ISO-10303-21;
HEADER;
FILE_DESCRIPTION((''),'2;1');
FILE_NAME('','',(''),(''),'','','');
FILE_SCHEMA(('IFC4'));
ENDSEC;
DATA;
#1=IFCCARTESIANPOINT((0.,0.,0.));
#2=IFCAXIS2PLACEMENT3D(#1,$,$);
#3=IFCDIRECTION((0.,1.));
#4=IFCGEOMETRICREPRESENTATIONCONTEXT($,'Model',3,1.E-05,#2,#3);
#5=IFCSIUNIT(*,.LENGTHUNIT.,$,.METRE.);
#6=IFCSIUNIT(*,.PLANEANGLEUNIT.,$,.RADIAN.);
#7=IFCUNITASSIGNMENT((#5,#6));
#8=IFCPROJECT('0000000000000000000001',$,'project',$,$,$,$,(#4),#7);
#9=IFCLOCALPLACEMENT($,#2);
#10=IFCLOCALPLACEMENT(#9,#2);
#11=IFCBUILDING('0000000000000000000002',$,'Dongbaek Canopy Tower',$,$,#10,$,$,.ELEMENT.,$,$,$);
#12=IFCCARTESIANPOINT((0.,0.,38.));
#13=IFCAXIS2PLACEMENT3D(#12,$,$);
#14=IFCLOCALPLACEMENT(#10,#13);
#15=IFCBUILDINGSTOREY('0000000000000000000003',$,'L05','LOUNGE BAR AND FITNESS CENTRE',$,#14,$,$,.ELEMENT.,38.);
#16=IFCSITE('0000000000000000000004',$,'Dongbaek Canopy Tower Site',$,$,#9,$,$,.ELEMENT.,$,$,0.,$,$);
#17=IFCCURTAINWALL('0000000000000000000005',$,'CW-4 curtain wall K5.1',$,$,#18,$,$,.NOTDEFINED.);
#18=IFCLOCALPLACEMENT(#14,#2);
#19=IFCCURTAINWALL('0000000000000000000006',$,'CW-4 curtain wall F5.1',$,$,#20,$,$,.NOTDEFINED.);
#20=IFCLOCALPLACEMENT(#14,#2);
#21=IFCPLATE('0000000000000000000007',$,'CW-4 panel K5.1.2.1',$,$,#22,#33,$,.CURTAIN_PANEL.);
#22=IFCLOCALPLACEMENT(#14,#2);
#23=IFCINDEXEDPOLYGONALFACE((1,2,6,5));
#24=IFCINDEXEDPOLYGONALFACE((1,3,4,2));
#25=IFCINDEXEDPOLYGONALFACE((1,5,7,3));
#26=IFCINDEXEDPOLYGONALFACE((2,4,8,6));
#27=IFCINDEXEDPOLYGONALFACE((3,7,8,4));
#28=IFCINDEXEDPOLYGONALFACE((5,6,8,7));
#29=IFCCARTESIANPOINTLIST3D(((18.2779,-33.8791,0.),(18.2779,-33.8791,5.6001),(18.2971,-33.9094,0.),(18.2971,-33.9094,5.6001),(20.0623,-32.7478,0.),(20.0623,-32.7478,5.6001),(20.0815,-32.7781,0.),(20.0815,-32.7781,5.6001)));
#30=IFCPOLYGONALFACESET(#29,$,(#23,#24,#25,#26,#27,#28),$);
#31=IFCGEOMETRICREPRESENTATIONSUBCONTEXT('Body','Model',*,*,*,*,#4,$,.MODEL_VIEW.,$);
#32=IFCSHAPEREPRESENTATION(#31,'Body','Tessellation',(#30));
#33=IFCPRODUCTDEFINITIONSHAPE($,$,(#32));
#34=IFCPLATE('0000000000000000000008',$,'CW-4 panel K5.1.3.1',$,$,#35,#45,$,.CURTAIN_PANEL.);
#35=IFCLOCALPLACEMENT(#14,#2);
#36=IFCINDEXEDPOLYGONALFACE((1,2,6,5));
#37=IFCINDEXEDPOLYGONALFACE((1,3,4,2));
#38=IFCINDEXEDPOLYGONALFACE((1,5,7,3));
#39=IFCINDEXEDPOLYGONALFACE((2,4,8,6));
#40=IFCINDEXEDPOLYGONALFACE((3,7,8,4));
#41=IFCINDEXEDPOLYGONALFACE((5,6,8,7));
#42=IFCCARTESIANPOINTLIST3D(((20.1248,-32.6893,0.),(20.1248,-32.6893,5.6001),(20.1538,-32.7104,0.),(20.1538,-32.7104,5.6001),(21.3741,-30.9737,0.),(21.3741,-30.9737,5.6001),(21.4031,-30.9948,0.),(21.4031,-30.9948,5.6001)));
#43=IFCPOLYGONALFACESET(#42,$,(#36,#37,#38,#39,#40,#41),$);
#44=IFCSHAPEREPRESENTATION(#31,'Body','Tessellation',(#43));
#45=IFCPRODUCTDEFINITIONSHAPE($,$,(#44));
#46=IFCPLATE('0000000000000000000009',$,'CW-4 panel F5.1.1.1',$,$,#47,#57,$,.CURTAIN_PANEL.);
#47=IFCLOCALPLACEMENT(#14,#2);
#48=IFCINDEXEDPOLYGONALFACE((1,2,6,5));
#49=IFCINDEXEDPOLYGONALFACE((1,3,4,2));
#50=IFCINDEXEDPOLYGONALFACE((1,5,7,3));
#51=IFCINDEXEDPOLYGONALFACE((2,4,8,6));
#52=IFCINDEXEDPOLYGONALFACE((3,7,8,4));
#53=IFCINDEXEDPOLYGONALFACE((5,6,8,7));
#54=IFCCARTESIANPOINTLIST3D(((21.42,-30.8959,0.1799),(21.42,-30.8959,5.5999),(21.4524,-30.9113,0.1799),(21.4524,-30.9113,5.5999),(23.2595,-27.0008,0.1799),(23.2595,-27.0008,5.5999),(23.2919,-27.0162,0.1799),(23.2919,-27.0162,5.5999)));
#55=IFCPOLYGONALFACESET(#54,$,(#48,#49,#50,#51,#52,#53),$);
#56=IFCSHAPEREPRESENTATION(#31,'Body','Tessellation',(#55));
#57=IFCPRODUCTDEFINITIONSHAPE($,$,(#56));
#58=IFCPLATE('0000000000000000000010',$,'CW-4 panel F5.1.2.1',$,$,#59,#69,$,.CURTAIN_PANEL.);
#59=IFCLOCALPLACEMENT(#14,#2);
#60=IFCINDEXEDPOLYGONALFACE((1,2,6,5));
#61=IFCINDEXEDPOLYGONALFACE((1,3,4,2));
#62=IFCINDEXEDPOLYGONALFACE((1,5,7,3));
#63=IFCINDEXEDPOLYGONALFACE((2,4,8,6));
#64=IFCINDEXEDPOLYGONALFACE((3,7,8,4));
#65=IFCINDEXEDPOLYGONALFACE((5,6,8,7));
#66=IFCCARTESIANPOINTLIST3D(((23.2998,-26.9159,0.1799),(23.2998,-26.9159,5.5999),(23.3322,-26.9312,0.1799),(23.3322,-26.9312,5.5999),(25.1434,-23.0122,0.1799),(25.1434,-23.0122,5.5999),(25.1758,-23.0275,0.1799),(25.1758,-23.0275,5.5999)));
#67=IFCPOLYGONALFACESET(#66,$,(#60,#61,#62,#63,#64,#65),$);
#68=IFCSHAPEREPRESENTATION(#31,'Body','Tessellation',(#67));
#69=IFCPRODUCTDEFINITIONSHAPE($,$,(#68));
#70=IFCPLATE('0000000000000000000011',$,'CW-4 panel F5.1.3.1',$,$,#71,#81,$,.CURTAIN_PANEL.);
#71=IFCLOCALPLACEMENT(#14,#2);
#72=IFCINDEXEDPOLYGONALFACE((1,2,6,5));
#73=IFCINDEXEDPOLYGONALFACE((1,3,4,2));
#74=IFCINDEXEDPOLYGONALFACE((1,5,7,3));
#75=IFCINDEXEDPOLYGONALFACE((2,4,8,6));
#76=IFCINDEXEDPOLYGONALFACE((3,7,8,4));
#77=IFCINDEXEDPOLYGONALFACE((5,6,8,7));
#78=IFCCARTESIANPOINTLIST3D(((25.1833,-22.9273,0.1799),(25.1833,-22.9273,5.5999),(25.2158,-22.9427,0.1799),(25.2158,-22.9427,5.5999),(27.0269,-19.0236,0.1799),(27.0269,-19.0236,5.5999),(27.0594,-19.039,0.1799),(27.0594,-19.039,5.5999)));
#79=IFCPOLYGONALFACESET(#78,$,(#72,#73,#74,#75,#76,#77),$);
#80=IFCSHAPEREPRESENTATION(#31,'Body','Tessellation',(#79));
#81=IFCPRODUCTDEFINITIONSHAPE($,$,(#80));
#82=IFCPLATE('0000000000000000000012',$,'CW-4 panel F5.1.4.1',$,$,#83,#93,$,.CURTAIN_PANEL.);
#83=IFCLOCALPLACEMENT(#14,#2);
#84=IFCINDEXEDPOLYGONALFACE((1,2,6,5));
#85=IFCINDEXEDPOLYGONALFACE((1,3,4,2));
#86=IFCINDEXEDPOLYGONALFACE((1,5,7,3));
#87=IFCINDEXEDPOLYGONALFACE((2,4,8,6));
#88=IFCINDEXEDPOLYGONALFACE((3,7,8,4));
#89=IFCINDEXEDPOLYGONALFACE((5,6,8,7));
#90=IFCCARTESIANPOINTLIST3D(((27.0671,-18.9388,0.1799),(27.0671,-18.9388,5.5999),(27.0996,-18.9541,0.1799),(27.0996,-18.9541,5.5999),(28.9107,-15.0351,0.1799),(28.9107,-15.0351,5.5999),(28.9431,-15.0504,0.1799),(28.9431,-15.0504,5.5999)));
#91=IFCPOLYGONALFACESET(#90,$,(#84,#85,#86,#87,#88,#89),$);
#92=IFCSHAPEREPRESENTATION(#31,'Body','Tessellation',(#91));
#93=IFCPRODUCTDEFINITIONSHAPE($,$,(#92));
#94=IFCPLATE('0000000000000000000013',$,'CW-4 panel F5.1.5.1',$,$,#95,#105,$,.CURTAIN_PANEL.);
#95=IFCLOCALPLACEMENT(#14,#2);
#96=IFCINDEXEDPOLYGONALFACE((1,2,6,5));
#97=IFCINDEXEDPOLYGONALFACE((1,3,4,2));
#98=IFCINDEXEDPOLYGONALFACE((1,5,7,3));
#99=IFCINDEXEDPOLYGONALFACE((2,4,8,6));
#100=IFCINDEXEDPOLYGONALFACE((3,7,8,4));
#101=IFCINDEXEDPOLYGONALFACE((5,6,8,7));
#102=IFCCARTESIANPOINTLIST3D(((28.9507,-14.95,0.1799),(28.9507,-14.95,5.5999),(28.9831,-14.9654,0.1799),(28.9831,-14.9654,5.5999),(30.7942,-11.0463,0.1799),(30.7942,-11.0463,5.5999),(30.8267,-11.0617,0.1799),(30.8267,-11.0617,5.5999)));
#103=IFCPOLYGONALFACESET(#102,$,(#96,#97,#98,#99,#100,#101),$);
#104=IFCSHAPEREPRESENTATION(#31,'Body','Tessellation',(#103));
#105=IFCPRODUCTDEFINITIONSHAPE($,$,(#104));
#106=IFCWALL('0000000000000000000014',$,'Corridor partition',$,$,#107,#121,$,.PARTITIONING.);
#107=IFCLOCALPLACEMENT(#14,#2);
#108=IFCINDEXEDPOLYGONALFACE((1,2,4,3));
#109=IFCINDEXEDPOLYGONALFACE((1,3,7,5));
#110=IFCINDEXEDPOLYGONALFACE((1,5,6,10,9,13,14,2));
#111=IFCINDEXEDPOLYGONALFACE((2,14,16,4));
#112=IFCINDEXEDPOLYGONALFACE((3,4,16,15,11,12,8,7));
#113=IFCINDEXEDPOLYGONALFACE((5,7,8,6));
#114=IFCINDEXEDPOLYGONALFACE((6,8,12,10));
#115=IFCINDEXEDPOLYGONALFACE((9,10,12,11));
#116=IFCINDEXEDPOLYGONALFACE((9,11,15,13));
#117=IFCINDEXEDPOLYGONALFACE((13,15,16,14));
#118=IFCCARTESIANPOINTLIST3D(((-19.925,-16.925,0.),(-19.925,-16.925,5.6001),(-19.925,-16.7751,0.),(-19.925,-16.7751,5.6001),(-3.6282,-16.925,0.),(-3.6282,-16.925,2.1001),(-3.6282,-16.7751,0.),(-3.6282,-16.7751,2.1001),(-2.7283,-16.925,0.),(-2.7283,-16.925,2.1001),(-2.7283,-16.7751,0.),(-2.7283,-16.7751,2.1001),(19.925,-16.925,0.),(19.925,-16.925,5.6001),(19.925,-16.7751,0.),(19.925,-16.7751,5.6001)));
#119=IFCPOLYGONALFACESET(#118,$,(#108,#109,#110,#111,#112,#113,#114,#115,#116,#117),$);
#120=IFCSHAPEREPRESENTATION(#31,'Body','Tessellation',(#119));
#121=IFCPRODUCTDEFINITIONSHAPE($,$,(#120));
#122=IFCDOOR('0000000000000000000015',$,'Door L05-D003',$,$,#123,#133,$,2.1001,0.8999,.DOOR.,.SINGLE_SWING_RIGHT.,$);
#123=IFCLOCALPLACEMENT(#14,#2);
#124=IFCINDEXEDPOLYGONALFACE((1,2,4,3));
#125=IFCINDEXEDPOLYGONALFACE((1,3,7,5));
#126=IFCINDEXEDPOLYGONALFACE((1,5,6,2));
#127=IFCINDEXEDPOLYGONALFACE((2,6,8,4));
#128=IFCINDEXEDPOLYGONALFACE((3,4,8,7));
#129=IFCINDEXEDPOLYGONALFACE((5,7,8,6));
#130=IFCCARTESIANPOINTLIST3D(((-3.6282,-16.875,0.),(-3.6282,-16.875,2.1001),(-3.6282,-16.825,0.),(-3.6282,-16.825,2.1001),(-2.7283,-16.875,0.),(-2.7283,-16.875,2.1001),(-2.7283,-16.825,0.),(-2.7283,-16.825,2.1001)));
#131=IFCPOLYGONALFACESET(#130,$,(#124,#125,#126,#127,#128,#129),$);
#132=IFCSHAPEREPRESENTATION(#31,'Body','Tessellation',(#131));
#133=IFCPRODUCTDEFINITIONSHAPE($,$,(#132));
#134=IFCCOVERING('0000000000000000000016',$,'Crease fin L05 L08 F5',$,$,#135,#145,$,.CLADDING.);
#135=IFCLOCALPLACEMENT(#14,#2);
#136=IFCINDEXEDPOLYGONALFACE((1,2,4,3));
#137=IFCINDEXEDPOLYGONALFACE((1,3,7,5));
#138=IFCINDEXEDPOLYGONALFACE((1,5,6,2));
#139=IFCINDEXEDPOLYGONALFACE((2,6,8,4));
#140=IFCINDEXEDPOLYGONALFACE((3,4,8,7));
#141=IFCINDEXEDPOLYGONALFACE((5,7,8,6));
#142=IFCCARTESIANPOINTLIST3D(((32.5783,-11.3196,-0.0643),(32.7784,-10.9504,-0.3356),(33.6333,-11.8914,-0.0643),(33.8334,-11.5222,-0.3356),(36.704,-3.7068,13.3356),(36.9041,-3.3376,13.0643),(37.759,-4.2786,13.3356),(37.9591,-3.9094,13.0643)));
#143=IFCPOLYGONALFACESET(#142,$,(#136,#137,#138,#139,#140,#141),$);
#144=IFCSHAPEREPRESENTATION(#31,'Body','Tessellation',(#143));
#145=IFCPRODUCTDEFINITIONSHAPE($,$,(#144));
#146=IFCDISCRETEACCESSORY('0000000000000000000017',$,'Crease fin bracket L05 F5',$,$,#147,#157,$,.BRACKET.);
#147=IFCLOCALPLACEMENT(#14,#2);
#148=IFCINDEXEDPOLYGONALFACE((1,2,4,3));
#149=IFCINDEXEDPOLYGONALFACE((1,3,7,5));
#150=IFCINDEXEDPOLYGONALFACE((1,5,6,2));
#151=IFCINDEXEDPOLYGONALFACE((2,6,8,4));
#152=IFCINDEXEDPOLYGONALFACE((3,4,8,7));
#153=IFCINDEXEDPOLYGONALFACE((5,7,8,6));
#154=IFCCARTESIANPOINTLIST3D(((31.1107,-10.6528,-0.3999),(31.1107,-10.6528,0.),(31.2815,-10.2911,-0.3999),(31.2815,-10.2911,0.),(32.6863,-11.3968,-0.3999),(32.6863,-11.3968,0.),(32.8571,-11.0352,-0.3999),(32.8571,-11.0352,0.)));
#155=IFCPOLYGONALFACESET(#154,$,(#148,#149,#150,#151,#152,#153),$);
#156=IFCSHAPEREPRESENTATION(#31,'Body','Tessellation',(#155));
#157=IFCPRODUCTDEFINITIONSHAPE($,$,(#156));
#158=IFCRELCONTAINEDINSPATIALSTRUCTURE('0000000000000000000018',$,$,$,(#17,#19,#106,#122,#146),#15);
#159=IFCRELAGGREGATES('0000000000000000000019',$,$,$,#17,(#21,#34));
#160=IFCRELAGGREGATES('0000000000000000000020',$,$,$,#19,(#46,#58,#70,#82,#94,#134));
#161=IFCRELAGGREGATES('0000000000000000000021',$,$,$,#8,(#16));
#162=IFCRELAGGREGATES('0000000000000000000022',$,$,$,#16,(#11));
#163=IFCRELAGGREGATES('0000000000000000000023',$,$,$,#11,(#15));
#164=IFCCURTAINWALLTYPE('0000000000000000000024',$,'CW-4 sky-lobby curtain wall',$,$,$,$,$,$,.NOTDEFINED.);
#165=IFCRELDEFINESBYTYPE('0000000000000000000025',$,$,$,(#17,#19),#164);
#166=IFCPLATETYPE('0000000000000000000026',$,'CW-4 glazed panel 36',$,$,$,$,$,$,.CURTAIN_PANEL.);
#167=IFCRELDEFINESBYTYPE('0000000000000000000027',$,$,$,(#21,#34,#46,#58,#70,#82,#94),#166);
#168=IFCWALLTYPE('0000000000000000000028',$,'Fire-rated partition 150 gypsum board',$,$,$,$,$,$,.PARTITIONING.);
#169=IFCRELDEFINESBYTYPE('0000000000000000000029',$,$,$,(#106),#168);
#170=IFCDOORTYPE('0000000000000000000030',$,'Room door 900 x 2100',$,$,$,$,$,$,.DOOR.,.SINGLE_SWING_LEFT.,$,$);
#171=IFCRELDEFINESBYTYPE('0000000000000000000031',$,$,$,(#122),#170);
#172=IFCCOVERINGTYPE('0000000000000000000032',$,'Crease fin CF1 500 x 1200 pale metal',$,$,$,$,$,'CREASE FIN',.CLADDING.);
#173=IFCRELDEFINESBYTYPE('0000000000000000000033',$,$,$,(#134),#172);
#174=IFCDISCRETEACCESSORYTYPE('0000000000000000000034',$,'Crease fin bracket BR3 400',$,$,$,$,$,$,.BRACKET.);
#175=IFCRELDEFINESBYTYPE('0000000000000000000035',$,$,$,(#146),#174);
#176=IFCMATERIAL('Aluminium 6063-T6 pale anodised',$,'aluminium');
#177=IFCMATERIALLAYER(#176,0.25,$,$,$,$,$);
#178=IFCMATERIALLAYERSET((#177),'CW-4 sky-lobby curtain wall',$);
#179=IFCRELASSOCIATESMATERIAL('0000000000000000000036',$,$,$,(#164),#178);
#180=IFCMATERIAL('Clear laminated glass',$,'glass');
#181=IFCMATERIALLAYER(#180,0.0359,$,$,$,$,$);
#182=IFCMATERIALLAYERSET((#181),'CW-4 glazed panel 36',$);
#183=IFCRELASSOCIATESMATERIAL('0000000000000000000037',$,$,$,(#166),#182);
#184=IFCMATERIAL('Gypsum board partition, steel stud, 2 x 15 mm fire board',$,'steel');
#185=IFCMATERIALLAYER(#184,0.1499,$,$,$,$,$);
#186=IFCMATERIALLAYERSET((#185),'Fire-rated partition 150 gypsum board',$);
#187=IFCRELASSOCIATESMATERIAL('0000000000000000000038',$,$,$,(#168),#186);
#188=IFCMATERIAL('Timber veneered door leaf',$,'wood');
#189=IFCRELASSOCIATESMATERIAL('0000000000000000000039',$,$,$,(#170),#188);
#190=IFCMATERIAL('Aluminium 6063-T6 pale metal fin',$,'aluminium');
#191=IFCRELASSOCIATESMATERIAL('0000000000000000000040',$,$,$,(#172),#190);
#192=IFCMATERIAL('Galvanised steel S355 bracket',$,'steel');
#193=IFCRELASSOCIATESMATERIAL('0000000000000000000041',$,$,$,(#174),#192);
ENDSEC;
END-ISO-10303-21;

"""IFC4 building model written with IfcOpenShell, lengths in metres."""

from ifc_helpers import new_model, si_unit, direction, frame, frame_2d, origin, origin_2d, place, context, subcontext, project, spatial, rectangle, extrude, material, layer, layer_set, material_profile, profile_set, type_object, element, fill, aggregate, save


model = new_model("IFC4")

# Units and contexts
model_context = context("Model", 3, precision=1e-05, world=origin(), true_north=direction((0.0, 1.0)))
body_context = subcontext(model_context, "Body", "Model", "MODEL_VIEW")
ifc_project = project(units=[si_unit("LENGTHUNIT", "METRE"), si_unit("PLANEANGLEUNIT", "RADIAN")], contexts=[model_context])

# Site, building, storey
site_placement = place(None, origin())
site = spatial("IfcSite", under=ifc_project, at=site_placement, Name="Dongbaek Canopy Tower Site", CompositionType="ELEMENT", RefElevation=0.0)
building_placement = place(site_placement, origin())
building = spatial("IfcBuilding", under=site, at=building_placement, Name="Dongbaek Canopy Tower", CompositionType="ELEMENT")
storey_placement = place(building_placement, frame((0.0, 0.0, 38.0)))
storey = spatial("IfcBuildingStorey", under=building, at=storey_placement, Name="L05", Description="LOUNGE BAR AND FITNESS CENTRE", CompositionType="ELEMENT", Elevation=38.0)

# Curtain walls
ifc_material_1 = material(Name="Aluminium 6063-T6 pale anodised", Category="aluminium")
ifc_layer_1 = layer(ifc_material_1, 0.25)
ifc_layer_set_1 = layer_set([ifc_layer_1], Name="CW-4 sky-lobby curtain wall")
curtain_wall_type = type_object("IfcCurtainWallType", Name="CW-4 sky-lobby curtain wall", PredefinedType="NOTDEFINED", material=ifc_layer_set_1)
curtain_wall_1_placement = place(storey_placement, origin())
curtain_wall_1 = element("IfcCurtainWall", 1, at=curtain_wall_1_placement, inside=storey, type_object=curtain_wall_type, Name="CW-4 curtain wall K5.1", PredefinedType="NOTDEFINED")
curtain_wall_2_placement = place(storey_placement, origin())
curtain_wall_2 = element("IfcCurtainWall", 2, at=curtain_wall_2_placement, inside=storey, type_object=curtain_wall_type, Name="CW-4 curtain wall F5.1", PredefinedType="NOTDEFINED")

# Plates
ifc_material_2 = material(Name="Clear laminated glass", Category="glass")
ifc_layer_2 = layer(ifc_material_2, 0.0359)
ifc_layer_set_2 = layer_set([ifc_layer_2], Name="CW-4 glazed panel 36")
plate_type = type_object("IfcPlateType", Name="CW-4 glazed panel 36", PredefinedType="CURTAIN_PANEL", material=ifc_layer_set_2)
plate_1_placement = place(storey_placement, frame((19.1797, -33.3286, 0.0), z_axis=(0.0, 0.0, 1.0), x_axis=(0.844561, 0.53546, 0.0)))
plate_1 = element("IfcPlate", 3, at=plate_1_placement, type_object=plate_type, Name="CW-4 panel K5.1.2.1", PredefinedType="CURTAIN_PANEL", context=body_context, shape_type="SweptSolid", body=[
    extrude(rectangle(XDim=2.1128, YDim=0.0359, at=origin_2d()), origin(), (0.0, 0.0, 1.0), 5.6001),
])
plate_2_placement = place(storey_placement, frame((20.7639, -31.842, 0.0), z_axis=(0.0, 0.0, 1.0), x_axis=(0.588653, 0.808386, 0.0)))
plate_2 = element("IfcPlate", 4, at=plate_2_placement, type_object=plate_type, Name="CW-4 panel K5.1.3.1", PredefinedType="CURTAIN_PANEL", context=body_context, shape_type="SweptSolid", body=[
    extrude(rectangle(XDim=2.1223, YDim=0.0359, at=origin_2d()), origin(), (0.0, 0.0, 1.0), 5.6001),
])
aggregate(curtain_wall_1, [plate_1, plate_2])
plate_3_placement = place(storey_placement, frame((22.356, -28.9561, 0.1799), z_axis=(0.0, 0.0, 1.0), x_axis=(0.427039, 0.904233, 0.0)))
plate_3 = element("IfcPlate", 5, at=plate_3_placement, type_object=plate_type, Name="CW-4 panel F5.1.1.1", PredefinedType="CURTAIN_PANEL", context=body_context, shape_type="SweptSolid", body=[
    extrude(rectangle(XDim=4.3076, YDim=0.0359, at=origin_2d()), origin(), (0.0, 0.0, 1.0), 5.4199),
])
plate_4_placement = place(storey_placement, frame((24.2378, -24.9717, 0.1799), z_axis=(0.0, 0.0, 1.0), x_axis=(0.427039, 0.904233, 0.0)))
plate_4 = element("IfcPlate", 6, at=plate_4_placement, type_object=plate_type, Name="CW-4 panel F5.1.2.1", PredefinedType="CURTAIN_PANEL", context=body_context, shape_type="SweptSolid", body=[
    extrude(rectangle(XDim=4.3171, YDim=0.0359, at=origin_2d()), origin(), (0.0, 0.0, 1.0), 5.4199),
])
plate_5_placement = place(storey_placement, frame((26.1213, -20.9832, 0.1799), z_axis=(0.0, 0.0, 1.0), x_axis=(0.427039, 0.904233, 0.0)))
plate_5 = element("IfcPlate", 7, at=plate_5_placement, type_object=plate_type, Name="CW-4 panel F5.1.3.1", PredefinedType="CURTAIN_PANEL", context=body_context, shape_type="SweptSolid", body=[
    extrude(rectangle(XDim=4.3171, YDim=0.0359, at=origin_2d()), origin(), (0.0, 0.0, 1.0), 5.4199),
])
plate_6_placement = place(storey_placement, frame((28.0051, -16.9946, 0.1799), z_axis=(0.0, 0.0, 1.0), x_axis=(0.427039, 0.904233, 0.0)))
plate_6 = element("IfcPlate", 8, at=plate_6_placement, type_object=plate_type, Name="CW-4 panel F5.1.4.1", PredefinedType="CURTAIN_PANEL", context=body_context, shape_type="SweptSolid", body=[
    extrude(rectangle(XDim=4.3171, YDim=0.0359, at=origin_2d()), origin(), (0.0, 0.0, 1.0), 5.4199),
])
plate_7_placement = place(storey_placement, frame((29.8887, -13.0059, 0.1799), z_axis=(0.0, 0.0, 1.0), x_axis=(0.427039, 0.904233, 0.0)))
plate_7 = element("IfcPlate", 9, at=plate_7_placement, type_object=plate_type, Name="CW-4 panel F5.1.5.1", PredefinedType="CURTAIN_PANEL", context=body_context, shape_type="SweptSolid", body=[
    extrude(rectangle(XDim=4.3171, YDim=0.0359, at=origin_2d()), origin(), (0.0, 0.0, 1.0), 5.4199),
])

# Wall, opening, door
ifc_material_3 = material(Name="Gypsum board partition, steel stud, 2 x 15 mm fire board", Category="steel")
ifc_layer_3 = layer(ifc_material_3, 0.1499)
ifc_layer_set_3 = layer_set([ifc_layer_3], Name="Fire-rated partition 150 gypsum board")
wall_type = type_object("IfcWallType", Name="Fire-rated partition 150 gypsum board", PredefinedType="PARTITIONING", material=ifc_layer_set_3)
wall_placement = place(storey_placement, frame((19.925, -16.8501, 0.0), z_axis=(0.0, 0.0, 1.0), x_axis=(-1.0, 0.0, 0.0)))
wall = element("IfcWall", 10, at=wall_placement, inside=storey, type_object=wall_type, Name="Corridor partition", PredefinedType="PARTITIONING", context=body_context, shape_type="SweptSolid", body=[
    extrude(rectangle(XDim=39.8501, YDim=0.1499, at=frame_2d((19.925, 0.0))), origin(), (0.0, 0.0, 1.0), 5.6001),
])
opening_placement = place(wall_placement, frame((22.6533, 0.0, 0.0)))
opening = element("IfcOpeningElement", 11, at=opening_placement, cuts=wall, PredefinedType="OPENING", context=body_context, shape_type="SweptSolid", body=[
    extrude(rectangle(XDim=0.8999, YDim=2.1001, at=frame_2d((0.45, 1.05))), frame((0.0, 0.085, 0.0), z_axis=(0.0, -1.0, 0.0), x_axis=(1.0, 0.0, 0.0)), (0.0, 0.0, 1.0), 0.1699),
])
ifc_material_4 = material(Name="Timber veneered door leaf", Category="wood")
door_type = type_object("IfcDoorType", Name="Room door 900 x 2100", OperationType="SINGLE_SWING_LEFT", PredefinedType="DOOR", material=ifc_material_4)
door_placement = place(opening_placement, origin())
door = element("IfcDoor", 12, at=door_placement, inside=storey, type_object=door_type, Name="Door L05-D003", OperationType="SINGLE_SWING_RIGHT", OverallHeight=2.1001, OverallWidth=0.8999, PredefinedType="DOOR", context=body_context, shape_type="SweptSolid", body=[
    extrude(rectangle(XDim=0.8999, YDim=2.1001, at=frame_2d((0.45, 1.05))), frame((0.0, 0.0249, 0.0), z_axis=(0.0, -1.0, 0.0), x_axis=(1.0, 0.0, 0.0)), (0.0, 0.0, 1.0), 0.05),
])
fill(opening, door)

# Covering
ifc_material_5 = material(Name="Aluminium 6063-T6 pale metal fin", Category="aluminium")
ifc_material_profile_1 = material_profile(ifc_material_5, rectangle(XDim=1.2, YDim=0.5, at=origin_2d()), Name="Crease fin CF1 500 x 1200 pale metal")
ifc_profile_set_1 = profile_set([ifc_material_profile_1], Name="Aluminium 6063-T6 pale metal fin")
covering_type = type_object("IfcCoveringType", Name="Crease fin CF1 500 x 1200 pale metal", ElementType="CREASE FIN", PredefinedType="CLADDING", material=ifc_profile_set_1)
covering_placement = place(storey_placement, frame((33.2058, -11.4209, -0.2), z_axis=(0.2586, 0.477168, 0.839903), x_axis=(-0.879189, 0.476474, 0.0)))
covering = element("IfcCovering", 13, at=covering_placement, type_object=covering_type, Name="Crease fin L05 L08 F5", PredefinedType="CLADDING", context=body_context, shape_type="SweptSolid", body=[
    extrude(rectangle(XDim=1.2, YDim=0.5, at=origin_2d()), origin(), (0.0, 0.0, 1.0), 15.9541),
])
aggregate(curtain_wall_2, [plate_3, plate_4, plate_5, plate_6, plate_7, covering])

# Discrete accessory
ifc_material_6 = material(Name="Galvanised steel S355 bracket", Category="steel")
discrete_accessory_type = type_object("IfcDiscreteAccessoryType", Name="Crease fin bracket BR3 400", PredefinedType="BRACKET", material=ifc_material_6)
discrete_accessory_placement = place(storey_placement, frame((31.9839, -10.844, -0.3999), z_axis=(0.0, 0.0, 1.0), x_axis=(0.904233, -0.427039, 0.0)))
element("IfcDiscreteAccessory", 14, at=discrete_accessory_placement, inside=storey, type_object=discrete_accessory_type, Name="Crease fin bracket L05 F5", PredefinedType="BRACKET", context=body_context, shape_type="SweptSolid", body=[
    extrude(rectangle(XDim=1.7424, YDim=0.3999, at=origin_2d()), origin(), (0.0, 0.0, 1.0), 0.3999),
])

save(model, "model.ifc")
